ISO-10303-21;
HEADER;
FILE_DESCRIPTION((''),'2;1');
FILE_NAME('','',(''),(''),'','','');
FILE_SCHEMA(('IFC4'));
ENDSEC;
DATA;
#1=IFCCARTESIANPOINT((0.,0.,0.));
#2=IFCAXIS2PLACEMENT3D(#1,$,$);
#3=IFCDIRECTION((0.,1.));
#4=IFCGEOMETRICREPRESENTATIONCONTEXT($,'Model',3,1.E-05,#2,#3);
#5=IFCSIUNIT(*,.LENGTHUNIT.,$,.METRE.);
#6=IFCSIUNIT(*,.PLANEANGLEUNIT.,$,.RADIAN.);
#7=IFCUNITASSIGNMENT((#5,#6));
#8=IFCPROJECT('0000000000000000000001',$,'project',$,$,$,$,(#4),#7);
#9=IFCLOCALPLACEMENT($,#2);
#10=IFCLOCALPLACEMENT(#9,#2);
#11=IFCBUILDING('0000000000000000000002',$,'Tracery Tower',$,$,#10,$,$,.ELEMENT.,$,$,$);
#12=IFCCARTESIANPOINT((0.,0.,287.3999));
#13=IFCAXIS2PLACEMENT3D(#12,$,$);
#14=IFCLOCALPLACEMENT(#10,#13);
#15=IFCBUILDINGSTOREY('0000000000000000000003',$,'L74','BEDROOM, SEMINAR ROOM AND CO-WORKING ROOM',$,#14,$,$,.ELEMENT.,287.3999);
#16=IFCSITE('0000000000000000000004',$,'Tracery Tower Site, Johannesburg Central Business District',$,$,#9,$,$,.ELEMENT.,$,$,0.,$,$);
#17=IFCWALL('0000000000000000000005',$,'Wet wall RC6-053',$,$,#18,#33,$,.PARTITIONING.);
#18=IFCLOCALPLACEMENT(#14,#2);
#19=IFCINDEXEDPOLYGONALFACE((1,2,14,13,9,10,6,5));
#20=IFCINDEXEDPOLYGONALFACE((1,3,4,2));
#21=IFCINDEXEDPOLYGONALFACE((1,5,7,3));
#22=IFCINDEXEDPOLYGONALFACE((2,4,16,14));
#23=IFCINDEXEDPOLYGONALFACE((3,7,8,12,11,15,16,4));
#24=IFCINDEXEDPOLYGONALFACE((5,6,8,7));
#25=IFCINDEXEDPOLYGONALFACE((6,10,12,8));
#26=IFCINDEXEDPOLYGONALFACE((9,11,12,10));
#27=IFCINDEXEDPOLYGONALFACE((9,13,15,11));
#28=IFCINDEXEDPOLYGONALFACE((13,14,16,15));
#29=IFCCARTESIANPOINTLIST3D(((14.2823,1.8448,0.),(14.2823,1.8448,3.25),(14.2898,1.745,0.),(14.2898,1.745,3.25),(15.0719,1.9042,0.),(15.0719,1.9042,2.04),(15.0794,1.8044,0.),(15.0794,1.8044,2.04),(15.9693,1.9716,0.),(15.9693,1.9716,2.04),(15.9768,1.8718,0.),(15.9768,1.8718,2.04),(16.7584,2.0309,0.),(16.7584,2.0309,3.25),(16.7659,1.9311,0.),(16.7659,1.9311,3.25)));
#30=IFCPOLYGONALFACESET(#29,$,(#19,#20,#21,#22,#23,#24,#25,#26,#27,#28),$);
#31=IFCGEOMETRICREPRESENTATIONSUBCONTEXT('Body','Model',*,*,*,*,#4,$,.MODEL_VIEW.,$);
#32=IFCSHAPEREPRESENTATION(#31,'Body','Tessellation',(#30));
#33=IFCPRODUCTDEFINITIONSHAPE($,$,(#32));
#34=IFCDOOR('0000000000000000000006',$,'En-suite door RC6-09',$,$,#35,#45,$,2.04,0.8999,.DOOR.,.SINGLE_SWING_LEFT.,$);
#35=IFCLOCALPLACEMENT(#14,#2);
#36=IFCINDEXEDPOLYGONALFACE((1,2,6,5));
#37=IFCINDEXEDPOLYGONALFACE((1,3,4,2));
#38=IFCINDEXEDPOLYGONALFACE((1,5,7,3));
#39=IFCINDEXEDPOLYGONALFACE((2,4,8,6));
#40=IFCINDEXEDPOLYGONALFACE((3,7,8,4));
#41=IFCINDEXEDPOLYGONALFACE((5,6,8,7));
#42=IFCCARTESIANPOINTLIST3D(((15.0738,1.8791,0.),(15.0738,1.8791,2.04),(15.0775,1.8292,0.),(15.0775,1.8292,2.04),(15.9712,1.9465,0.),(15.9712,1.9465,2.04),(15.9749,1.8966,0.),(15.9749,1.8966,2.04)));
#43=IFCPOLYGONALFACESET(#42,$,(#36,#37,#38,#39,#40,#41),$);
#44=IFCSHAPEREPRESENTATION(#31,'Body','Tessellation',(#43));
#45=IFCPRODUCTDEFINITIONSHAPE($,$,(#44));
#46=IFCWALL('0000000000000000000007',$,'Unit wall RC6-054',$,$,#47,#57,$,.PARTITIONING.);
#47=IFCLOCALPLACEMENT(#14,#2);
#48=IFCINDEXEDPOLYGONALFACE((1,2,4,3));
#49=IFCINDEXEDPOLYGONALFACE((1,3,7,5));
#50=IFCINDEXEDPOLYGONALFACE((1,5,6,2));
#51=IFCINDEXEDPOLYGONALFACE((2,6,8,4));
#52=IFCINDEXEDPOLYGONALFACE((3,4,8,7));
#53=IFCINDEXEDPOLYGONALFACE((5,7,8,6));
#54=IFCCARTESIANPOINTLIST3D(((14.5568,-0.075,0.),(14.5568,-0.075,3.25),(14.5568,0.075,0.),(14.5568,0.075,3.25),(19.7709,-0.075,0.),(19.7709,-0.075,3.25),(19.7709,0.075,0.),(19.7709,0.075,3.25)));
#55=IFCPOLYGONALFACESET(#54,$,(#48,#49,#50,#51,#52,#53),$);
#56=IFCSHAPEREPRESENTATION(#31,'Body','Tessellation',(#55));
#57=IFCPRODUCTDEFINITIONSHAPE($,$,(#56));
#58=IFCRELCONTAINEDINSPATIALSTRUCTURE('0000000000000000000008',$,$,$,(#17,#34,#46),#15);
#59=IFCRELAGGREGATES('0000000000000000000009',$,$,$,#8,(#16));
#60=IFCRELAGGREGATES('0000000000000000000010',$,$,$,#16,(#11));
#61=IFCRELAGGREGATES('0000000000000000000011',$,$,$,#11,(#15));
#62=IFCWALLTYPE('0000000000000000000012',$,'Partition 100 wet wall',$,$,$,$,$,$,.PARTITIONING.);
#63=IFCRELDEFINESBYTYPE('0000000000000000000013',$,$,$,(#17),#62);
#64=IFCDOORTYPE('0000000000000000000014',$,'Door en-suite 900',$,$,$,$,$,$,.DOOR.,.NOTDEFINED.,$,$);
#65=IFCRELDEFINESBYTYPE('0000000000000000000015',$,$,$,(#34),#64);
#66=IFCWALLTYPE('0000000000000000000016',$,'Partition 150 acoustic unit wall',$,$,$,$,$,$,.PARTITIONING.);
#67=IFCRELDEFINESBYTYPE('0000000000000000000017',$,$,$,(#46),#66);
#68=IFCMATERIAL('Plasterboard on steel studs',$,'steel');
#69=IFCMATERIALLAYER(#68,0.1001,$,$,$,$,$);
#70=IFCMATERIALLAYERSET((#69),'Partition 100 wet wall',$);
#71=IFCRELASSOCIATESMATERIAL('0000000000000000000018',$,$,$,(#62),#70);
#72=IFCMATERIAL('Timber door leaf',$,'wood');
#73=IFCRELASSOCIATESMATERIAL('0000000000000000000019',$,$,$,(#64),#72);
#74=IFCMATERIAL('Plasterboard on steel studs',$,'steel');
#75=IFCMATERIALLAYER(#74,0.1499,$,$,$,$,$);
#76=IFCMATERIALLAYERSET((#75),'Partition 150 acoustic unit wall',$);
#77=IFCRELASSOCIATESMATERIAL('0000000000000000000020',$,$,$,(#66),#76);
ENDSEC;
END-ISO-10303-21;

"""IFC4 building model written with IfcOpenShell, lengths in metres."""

from ifc_helpers import new_model, si_unit, direction, frame, frame_2d, origin, place, context, subcontext, project, spatial, rectangle, extrude, material, layer, layer_set, type_object, element, fill, save


model = new_model("IFC4")

# Units and contexts
model_context = context("Model", 3, precision=1e-05, world=origin(), true_north=direction((0.0, 1.0)))
body_context = subcontext(model_context, "Body", "Model", "MODEL_VIEW")
ifc_project = project(units=[si_unit("LENGTHUNIT", "METRE"), si_unit("PLANEANGLEUNIT", "RADIAN")], contexts=[model_context])

# Site, building, storey
site_placement = place(None, origin())
site = spatial("IfcSite", under=ifc_project, at=site_placement, Name="Tracery Tower Site, Johannesburg Central Business District", CompositionType="ELEMENT", RefElevation=0.0)
building_placement = place(site_placement, origin())
building = spatial("IfcBuilding", under=site, at=building_placement, Name="Tracery Tower", CompositionType="ELEMENT")
storey_placement = place(building_placement, frame((0.0, 0.0, 287.3999)))
storey = spatial("IfcBuildingStorey", under=building, at=storey_placement, Name="L74", Description="BEDROOM, SEMINAR ROOM AND CO-WORKING ROOM", CompositionType="ELEMENT", Elevation=287.3999)

# Shared definitions
ifc_material_1 = material(Name="Plasterboard on steel studs", Category="steel")
ifc_layer_1 = layer(ifc_material_1, 0.1001)
ifc_layer_set_1 = layer_set([ifc_layer_1], Name="Partition 100 wet wall")
wall_type_1 = type_object("IfcWallType", Name="Partition 100 wet wall", PredefinedType="PARTITIONING", material=ifc_layer_set_1)

# Wall, opening, door
wall_1_placement = place(storey_placement, frame((14.2859, 1.7949, 0.0), z_axis=(0.0, 0.0, 1.0), x_axis=(0.997189, 0.074922, 0.0)))
wall_1 = element("IfcWall", 1, at=wall_1_placement, inside=storey, type_object=wall_type_1, Name="Wet wall RC6-053", PredefinedType="PARTITIONING", context=body_context, shape_type="SweptSolid", body=[
    extrude(rectangle(XDim=2.4832, YDim=0.1001, at=frame_2d((1.2417, 0.0))), origin(), (0.0, 0.0, 1.0), 3.25),
])
opening_1_placement = place(wall_1_placement, frame((0.792, 0.0, 0.0)))
opening_1 = element("IfcOpeningElement", 2, at=opening_1_placement, cuts=wall_1, PredefinedType="OPENING", context=body_context, shape_type="SweptSolid", body=[
    extrude(rectangle(XDim=0.8999, YDim=2.04, at=frame_2d((0.45, 1.02))), frame((0.0, 0.05, 0.0), z_axis=(0.0, -1.0, 0.0), x_axis=(1.0, 0.0, 0.0)), (0.0, 0.0, 1.0), 0.1001),
])
ifc_material_2 = material(Name="Timber door leaf", Category="wood")
door_type_1 = type_object("IfcDoorType", Name="Door en-suite 900", OperationType="NOTDEFINED", PredefinedType="DOOR", material=ifc_material_2)
door_1_placement = place(opening_1_placement, origin())
door_1 = element("IfcDoor", 3, at=door_1_placement, inside=storey, type_object=door_type_1, Name="En-suite door RC6-09", OperationType="SINGLE_SWING_LEFT", OverallHeight=2.04, OverallWidth=0.8999, PredefinedType="DOOR", context=body_context, shape_type="SweptSolid", body=[
    extrude(rectangle(XDim=0.8999, YDim=2.04, at=frame_2d((0.45, 1.02))), frame((0.0, 0.0249, 0.0), z_axis=(0.0, -1.0, 0.0), x_axis=(1.0, 0.0, 0.0)), (0.0, 0.0, 1.0), 0.05),
])
fill(opening_1, door_1)

# Wall
ifc_material_3 = material(Name="Plasterboard on steel studs", Category="steel")
ifc_layer_2 = layer(ifc_material_3, 0.1499)
ifc_layer_set_2 = layer_set([ifc_layer_2], Name="Partition 150 acoustic unit wall")
wall_type_2 = type_object("IfcWallType", Name="Partition 150 acoustic unit wall", PredefinedType="PARTITIONING", material=ifc_layer_set_2)
wall_2_placement = place(storey_placement, frame((14.5569, 0.0, 0.0), z_axis=(0.0, 0.0, 1.0), x_axis=(1.0, 0.0, 0.0)))
element("IfcWall", 4, at=wall_2_placement, inside=storey, type_object=wall_type_2, Name="Unit wall RC6-054", PredefinedType="PARTITIONING", context=body_context, shape_type="SweptSolid", body=[
    extrude(rectangle(XDim=5.2141, YDim=0.1499, at=frame_2d((2.6069, 0.0))), origin(), (0.0, 0.0, 1.0), 3.25),
])

save(model, "model.ifc")
